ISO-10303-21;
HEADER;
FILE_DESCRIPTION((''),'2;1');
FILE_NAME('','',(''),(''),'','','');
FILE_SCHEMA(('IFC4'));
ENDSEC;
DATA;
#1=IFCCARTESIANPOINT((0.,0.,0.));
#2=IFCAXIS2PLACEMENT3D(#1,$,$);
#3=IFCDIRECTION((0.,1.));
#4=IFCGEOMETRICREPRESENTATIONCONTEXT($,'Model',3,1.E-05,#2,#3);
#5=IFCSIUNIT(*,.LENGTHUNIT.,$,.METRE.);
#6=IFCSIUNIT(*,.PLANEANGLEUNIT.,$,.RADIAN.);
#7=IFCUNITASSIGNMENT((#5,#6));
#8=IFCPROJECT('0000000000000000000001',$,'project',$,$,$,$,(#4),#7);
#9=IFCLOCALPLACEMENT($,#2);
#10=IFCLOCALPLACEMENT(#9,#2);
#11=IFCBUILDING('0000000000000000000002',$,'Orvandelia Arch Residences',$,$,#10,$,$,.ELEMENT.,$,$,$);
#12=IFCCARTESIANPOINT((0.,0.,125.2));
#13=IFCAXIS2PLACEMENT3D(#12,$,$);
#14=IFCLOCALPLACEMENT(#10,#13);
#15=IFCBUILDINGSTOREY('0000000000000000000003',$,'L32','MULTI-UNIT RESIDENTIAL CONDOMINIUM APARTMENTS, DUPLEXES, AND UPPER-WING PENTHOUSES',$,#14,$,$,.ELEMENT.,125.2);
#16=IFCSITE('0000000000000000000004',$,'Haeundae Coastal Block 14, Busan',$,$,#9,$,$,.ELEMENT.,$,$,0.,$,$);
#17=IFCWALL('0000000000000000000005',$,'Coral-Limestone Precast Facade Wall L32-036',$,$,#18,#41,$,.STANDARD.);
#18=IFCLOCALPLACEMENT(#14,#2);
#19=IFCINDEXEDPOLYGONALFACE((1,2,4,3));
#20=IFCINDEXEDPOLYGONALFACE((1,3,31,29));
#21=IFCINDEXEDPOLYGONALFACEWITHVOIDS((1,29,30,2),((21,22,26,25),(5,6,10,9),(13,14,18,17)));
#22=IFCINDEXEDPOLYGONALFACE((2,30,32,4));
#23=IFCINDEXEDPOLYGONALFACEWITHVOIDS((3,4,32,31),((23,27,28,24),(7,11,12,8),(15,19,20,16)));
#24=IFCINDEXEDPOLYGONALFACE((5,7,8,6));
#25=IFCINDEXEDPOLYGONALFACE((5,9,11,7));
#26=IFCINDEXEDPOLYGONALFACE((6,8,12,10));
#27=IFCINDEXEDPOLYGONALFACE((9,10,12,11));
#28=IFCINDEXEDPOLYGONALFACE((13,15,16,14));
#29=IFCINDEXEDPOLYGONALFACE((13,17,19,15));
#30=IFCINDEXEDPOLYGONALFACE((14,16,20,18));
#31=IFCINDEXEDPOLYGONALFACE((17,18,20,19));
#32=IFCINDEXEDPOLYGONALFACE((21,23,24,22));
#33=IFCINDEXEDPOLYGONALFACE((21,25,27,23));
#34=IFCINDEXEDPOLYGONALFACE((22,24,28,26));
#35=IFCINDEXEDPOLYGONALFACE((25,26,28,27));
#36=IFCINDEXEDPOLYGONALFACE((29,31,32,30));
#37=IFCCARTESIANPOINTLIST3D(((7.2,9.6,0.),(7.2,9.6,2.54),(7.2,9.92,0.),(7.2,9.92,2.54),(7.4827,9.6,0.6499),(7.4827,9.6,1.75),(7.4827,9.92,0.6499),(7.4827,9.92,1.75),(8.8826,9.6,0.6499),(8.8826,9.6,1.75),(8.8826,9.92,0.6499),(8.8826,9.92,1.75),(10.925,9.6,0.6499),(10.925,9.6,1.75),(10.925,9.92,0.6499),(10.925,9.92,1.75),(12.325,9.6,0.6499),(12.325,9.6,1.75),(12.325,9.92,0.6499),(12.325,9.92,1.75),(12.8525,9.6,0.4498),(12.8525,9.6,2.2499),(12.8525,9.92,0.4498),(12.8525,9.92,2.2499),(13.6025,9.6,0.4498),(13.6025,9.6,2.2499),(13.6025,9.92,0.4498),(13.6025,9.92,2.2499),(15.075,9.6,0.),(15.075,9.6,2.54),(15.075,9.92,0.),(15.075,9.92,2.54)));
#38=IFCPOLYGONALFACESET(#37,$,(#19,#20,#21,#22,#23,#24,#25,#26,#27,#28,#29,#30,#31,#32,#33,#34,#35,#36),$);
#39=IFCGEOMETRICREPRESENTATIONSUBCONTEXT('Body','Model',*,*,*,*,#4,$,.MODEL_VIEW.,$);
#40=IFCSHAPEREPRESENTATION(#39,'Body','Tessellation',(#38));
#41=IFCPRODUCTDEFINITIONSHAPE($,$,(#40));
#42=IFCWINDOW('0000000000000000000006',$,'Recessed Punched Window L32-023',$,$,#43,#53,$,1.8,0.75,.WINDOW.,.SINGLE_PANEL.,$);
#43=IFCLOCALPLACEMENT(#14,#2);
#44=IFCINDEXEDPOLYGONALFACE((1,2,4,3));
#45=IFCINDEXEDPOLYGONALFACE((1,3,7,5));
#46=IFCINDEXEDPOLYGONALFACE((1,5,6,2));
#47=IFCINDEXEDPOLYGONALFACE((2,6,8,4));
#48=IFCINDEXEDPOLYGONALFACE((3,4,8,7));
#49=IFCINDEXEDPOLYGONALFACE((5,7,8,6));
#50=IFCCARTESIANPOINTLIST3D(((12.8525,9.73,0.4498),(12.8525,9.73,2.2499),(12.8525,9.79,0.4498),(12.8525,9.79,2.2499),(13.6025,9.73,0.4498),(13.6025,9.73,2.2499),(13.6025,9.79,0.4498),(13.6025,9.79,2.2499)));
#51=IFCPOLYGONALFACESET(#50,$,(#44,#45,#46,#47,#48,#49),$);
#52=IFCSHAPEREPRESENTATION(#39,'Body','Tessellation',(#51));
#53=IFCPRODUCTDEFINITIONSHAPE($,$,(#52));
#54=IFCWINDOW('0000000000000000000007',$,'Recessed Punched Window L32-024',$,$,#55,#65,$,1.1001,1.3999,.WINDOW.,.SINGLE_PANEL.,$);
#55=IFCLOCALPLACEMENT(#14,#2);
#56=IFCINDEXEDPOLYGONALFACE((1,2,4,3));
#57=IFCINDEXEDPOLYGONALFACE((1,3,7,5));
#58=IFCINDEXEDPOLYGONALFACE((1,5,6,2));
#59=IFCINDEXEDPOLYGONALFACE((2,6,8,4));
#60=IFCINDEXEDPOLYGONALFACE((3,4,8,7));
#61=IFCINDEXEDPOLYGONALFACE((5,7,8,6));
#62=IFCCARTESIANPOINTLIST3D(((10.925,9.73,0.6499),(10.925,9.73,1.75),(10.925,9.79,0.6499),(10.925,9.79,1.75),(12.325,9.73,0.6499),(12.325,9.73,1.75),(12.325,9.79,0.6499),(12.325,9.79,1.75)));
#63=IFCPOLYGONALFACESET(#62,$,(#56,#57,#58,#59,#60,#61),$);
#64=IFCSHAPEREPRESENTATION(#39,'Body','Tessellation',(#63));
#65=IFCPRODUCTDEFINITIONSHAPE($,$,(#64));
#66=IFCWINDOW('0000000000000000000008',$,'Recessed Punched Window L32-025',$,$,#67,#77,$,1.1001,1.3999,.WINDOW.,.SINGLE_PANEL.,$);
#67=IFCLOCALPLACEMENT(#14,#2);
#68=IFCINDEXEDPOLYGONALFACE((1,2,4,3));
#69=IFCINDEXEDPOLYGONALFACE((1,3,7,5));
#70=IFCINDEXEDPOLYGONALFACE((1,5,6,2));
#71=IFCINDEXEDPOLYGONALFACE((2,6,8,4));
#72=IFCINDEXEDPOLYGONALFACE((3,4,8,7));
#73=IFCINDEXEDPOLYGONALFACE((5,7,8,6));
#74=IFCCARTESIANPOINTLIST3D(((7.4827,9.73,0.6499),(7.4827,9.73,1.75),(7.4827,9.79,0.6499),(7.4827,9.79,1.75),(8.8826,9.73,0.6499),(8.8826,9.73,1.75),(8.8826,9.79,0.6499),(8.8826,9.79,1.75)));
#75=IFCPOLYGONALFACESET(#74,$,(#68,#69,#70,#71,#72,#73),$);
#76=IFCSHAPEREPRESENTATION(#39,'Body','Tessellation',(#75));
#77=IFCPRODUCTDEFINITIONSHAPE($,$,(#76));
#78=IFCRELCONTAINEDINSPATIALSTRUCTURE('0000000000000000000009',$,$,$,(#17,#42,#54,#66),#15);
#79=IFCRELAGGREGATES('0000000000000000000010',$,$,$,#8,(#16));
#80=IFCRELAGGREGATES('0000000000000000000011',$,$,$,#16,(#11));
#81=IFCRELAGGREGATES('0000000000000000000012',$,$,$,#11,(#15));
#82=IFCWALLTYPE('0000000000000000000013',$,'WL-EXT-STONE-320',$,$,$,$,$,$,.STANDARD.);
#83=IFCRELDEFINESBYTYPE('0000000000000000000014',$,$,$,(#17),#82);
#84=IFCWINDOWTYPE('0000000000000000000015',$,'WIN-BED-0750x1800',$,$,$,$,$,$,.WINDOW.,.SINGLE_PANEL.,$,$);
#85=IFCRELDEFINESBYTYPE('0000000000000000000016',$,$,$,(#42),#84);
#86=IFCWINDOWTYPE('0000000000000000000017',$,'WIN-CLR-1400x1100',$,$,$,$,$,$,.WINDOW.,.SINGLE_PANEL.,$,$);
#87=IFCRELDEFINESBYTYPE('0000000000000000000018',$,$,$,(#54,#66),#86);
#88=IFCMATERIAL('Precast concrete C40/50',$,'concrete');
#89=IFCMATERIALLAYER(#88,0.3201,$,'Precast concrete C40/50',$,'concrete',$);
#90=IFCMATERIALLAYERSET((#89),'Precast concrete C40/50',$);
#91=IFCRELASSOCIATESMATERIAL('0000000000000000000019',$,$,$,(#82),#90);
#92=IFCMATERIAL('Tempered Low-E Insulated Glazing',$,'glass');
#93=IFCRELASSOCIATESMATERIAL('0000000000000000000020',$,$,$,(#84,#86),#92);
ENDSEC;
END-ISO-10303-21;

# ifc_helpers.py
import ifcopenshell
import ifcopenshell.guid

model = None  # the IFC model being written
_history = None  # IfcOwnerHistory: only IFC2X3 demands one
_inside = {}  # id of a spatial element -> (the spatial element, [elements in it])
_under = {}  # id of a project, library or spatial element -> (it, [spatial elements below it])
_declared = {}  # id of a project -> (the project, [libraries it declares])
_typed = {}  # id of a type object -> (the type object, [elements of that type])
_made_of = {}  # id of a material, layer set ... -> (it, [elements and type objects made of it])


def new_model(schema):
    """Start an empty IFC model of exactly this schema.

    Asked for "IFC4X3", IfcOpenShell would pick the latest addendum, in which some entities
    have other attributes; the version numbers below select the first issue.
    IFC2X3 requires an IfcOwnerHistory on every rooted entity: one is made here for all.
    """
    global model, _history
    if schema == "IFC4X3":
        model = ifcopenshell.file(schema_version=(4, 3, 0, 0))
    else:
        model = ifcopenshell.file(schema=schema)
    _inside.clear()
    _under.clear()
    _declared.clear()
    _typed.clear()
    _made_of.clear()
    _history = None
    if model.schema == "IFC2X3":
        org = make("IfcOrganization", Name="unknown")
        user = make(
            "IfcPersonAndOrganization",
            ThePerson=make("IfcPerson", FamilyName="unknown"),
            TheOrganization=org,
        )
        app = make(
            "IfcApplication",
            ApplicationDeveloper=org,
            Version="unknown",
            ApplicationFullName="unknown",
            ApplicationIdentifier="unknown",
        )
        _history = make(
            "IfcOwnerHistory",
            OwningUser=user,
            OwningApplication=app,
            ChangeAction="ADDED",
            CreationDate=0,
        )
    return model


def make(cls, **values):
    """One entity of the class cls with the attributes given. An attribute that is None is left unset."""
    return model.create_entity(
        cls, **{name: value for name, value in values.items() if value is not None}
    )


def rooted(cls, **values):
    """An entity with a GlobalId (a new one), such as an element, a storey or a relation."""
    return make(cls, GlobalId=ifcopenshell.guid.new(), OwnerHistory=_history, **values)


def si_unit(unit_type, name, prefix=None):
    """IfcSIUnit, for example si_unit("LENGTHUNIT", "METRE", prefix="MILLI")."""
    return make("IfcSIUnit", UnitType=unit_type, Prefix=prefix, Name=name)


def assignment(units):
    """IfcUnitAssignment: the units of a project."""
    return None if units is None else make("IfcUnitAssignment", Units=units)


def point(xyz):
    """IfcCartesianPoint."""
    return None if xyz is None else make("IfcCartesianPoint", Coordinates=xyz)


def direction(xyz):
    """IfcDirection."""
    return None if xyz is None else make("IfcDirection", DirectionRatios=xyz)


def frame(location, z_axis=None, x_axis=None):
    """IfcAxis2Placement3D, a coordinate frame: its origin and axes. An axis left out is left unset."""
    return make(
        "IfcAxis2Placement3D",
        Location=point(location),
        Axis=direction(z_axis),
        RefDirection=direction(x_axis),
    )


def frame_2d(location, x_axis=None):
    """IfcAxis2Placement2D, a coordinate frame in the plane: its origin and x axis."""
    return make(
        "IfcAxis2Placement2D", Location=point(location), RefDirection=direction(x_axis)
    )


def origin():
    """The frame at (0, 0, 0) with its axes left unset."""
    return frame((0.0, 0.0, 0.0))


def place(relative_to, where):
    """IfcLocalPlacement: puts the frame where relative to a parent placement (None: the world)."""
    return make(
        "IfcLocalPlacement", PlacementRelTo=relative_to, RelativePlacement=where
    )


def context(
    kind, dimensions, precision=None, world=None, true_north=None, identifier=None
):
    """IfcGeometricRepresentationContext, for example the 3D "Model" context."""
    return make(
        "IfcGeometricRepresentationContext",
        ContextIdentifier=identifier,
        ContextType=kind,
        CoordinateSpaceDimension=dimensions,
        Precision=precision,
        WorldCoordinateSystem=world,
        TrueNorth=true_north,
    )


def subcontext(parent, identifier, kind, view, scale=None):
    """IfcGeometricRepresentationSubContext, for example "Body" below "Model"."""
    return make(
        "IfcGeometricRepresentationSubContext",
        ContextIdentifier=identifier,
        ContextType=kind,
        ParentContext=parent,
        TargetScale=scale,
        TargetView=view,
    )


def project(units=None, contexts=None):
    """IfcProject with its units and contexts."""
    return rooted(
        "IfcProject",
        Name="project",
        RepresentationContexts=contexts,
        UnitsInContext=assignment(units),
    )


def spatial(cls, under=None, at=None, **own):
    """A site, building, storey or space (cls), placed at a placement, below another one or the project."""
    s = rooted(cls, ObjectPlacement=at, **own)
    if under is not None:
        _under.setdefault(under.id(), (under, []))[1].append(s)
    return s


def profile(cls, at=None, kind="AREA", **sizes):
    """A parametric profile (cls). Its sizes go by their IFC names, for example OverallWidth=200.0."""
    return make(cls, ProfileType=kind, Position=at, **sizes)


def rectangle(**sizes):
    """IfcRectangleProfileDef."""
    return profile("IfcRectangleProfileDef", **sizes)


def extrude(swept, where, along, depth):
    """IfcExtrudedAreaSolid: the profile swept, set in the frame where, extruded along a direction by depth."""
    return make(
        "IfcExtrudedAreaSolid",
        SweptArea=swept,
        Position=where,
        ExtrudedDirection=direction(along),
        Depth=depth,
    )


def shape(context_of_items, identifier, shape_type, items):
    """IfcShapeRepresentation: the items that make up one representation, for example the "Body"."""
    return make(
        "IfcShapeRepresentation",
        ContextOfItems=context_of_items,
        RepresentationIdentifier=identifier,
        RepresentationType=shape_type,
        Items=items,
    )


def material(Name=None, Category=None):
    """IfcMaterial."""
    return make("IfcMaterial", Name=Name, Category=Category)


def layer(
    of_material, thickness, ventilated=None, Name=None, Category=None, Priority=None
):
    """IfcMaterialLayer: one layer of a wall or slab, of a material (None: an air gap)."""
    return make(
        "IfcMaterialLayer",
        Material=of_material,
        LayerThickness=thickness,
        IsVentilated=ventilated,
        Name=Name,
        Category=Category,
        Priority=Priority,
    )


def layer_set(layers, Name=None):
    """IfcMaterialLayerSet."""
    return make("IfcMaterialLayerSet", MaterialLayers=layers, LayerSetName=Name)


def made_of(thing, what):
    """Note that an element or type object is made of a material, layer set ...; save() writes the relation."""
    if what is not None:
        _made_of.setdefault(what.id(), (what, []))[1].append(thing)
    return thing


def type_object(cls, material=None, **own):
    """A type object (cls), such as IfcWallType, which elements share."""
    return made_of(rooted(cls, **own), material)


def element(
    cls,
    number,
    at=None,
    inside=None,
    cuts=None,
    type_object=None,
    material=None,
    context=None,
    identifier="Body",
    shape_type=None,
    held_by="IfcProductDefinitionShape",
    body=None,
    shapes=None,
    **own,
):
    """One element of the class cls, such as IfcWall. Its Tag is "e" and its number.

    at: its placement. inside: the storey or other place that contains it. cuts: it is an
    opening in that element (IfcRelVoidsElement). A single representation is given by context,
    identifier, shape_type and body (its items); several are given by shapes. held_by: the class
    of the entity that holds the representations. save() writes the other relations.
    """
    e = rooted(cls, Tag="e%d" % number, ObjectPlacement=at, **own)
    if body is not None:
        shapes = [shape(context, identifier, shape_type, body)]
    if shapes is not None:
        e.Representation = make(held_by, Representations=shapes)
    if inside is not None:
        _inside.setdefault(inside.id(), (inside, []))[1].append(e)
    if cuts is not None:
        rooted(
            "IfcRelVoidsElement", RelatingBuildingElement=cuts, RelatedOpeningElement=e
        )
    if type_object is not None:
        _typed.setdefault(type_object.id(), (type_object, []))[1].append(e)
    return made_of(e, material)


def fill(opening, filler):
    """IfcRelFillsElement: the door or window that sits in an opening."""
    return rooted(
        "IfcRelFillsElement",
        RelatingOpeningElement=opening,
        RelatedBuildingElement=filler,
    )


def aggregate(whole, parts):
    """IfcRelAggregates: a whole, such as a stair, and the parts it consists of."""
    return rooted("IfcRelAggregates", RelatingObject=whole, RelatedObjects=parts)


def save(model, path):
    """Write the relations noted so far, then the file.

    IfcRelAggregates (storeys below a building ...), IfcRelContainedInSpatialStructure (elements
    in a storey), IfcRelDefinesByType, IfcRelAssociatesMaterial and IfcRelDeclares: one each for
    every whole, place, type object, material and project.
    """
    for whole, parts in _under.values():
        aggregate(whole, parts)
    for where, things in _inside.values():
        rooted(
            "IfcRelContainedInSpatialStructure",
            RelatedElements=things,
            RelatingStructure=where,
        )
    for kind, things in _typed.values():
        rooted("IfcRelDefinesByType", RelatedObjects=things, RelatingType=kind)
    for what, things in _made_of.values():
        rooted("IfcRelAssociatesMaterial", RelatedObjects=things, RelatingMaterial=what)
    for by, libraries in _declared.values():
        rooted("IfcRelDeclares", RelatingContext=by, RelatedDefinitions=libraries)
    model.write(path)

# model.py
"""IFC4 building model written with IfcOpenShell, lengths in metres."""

from ifc_helpers import new_model, si_unit, direction, frame, frame_2d, origin, place, context, subcontext, project, spatial, rectangle, extrude, material, layer, layer_set, type_object, element, fill, save


model = new_model("IFC4")

# Units and contexts
model_context = context("Model", 3, precision=1e-05, world=origin(), true_north=direction((0.0, 1.0)))
body_context = subcontext(model_context, "Body", "Model", "MODEL_VIEW")
ifc_project = project(units=[si_unit("LENGTHUNIT", "METRE"), si_unit("PLANEANGLEUNIT", "RADIAN")], contexts=[model_context])

# Site, building, storey
site_placement = place(None, origin())
site = spatial("IfcSite", under=ifc_project, at=site_placement, Name="Haeundae Coastal Block 14, Busan", CompositionType="ELEMENT", RefElevation=0.0)
building_placement = place(site_placement, origin())
building = spatial("IfcBuilding", under=site, at=building_placement, Name="Orvandelia Arch Residences", CompositionType="ELEMENT")
storey_placement = place(building_placement, frame((0.0, 0.0, 125.2)))
storey = spatial("IfcBuildingStorey", under=building, at=storey_placement, Name="L32", Description="MULTI-UNIT RESIDENTIAL CONDOMINIUM APARTMENTS, DUPLEXES, AND UPPER-WING PENTHOUSES", CompositionType="ELEMENT", Elevation=125.2)

# Wall, openings, windows
ifc_material_1 = material(Name="Precast concrete C40/50", Category="concrete")
ifc_layer_1 = layer(ifc_material_1, 0.3201, Name="Precast concrete C40/50", Category="concrete")
ifc_layer_set_1 = layer_set([ifc_layer_1], Name="Precast concrete C40/50")
wall_type_1 = type_object("IfcWallType", Name="WL-EXT-STONE-320", PredefinedType="STANDARD", material=ifc_layer_set_1)
wall_1_placement = place(storey_placement, frame((15.075, 9.76, 0.0), z_axis=(0.0, 0.0, 1.0), x_axis=(-1.0, 0.0, 0.0)))
wall_1 = element("IfcWall", 1, at=wall_1_placement, inside=storey, type_object=wall_type_1, Name="Coral-Limestone Precast Facade Wall L32-036", PredefinedType="STANDARD", context=body_context, shape_type="SweptSolid", body=[
    extrude(rectangle(XDim=7.875, YDim=0.3201, at=frame_2d((3.9375, 0.0))), origin(), (0.0, 0.0, 1.0), 2.54),
])
opening_1_placement = place(wall_1_placement, frame((1.4724, 0.0, 0.45)))
opening_1 = element("IfcOpeningElement", 2, at=opening_1_placement, cuts=wall_1, PredefinedType="OPENING", context=body_context, shape_type="SweptSolid", body=[
    extrude(rectangle(XDim=0.75, YDim=1.8, at=frame_2d((0.375, 0.8999))), frame((0.0, 0.1699, 0.0), z_axis=(0.0, -1.0, 0.0), x_axis=(1.0, 0.0, 0.0)), (0.0, 0.0, 1.0), 0.3401),
])
opening_2_placement = place(wall_1_placement, frame((2.75, 0.0, 0.6499)))
opening_2 = element("IfcOpeningElement", 3, at=opening_2_placement, cuts=wall_1, PredefinedType="OPENING", context=body_context, shape_type="SweptSolid", body=[
    extrude(rectangle(XDim=1.3999, YDim=1.1001, at=frame_2d((0.7, 0.55))), frame((0.0, 0.1699, 0.0), z_axis=(0.0, -1.0, 0.0), x_axis=(1.0, 0.0, 0.0)), (0.0, 0.0, 1.0), 0.3401),
])
opening_3_placement = place(wall_1_placement, frame((6.1924, 0.0, 0.6499)))
opening_3 = element("IfcOpeningElement", 4, at=opening_3_placement, cuts=wall_1, PredefinedType="OPENING", context=body_context, shape_type="SweptSolid", body=[
    extrude(rectangle(XDim=1.3999, YDim=1.1001, at=frame_2d((0.7, 0.55))), frame((0.0, 0.1699, 0.0), z_axis=(0.0, -1.0, 0.0), x_axis=(1.0, 0.0, 0.0)), (0.0, 0.0, 1.0), 0.3401),
])
ifc_material_2 = material(Name="Tempered Low-E Insulated Glazing", Category="glass")
window_type_1 = type_object("IfcWindowType", Name="WIN-BED-0750x1800", PartitioningType="SINGLE_PANEL", PredefinedType="WINDOW", material=ifc_material_2)
window_1_placement = place(opening_1_placement, origin())
window_1 = element("IfcWindow", 5, at=window_1_placement, inside=storey, type_object=window_type_1, Name="Recessed Punched Window L32-023", OverallHeight=1.8, OverallWidth=0.75, PartitioningType="SINGLE_PANEL", PredefinedType="WINDOW", context=body_context, shape_type="SweptSolid", body=[
    extrude(rectangle(XDim=0.75, YDim=1.8, at=frame_2d((0.375, 0.8999))), frame((0.0, 0.03, 0.0), z_axis=(0.0, -1.0, 0.0), x_axis=(1.0, 0.0, 0.0)), (0.0, 0.0, 1.0), 0.0601),
])
fill(opening_1, window_1)
window_type_2 = type_object("IfcWindowType", Name="WIN-CLR-1400x1100", PartitioningType="SINGLE_PANEL", PredefinedType="WINDOW", material=ifc_material_2)
window_2_placement = place(opening_2_placement, origin())
window_2 = element("IfcWindow", 6, at=window_2_placement, inside=storey, type_object=window_type_2, Name="Recessed Punched Window L32-024", OverallHeight=1.1001, OverallWidth=1.3999, PartitioningType="SINGLE_PANEL", PredefinedType="WINDOW", context=body_context, shape_type="SweptSolid", body=[
    extrude(rectangle(XDim=1.3999, YDim=1.1001, at=frame_2d((0.7, 0.55))), frame((0.0, 0.03, 0.0), z_axis=(0.0, -1.0, 0.0), x_axis=(1.0, 0.0, 0.0)), (0.0, 0.0, 1.0), 0.0601),
])
fill(opening_2, window_2)
window_3_placement = place(opening_3_placement, origin())
window_3 = element("IfcWindow", 7, at=window_3_placement, inside=storey, type_object=window_type_2, Name="Recessed Punched Window L32-025", OverallHeight=1.1001, OverallWidth=1.3999, PartitioningType="SINGLE_PANEL", PredefinedType="WINDOW", context=body_context, shape_type="SweptSolid", body=[
    extrude(rectangle(XDim=1.3999, YDim=1.1001, at=frame_2d((0.7, 0.55))), frame((0.0, 0.03, 0.0), z_axis=(0.0, -1.0, 0.0), x_axis=(1.0, 0.0, 0.0)), (0.0, 0.0, 1.0), 0.0601),
])
fill(opening_3, window_3)

save(model, "model.ifc")
